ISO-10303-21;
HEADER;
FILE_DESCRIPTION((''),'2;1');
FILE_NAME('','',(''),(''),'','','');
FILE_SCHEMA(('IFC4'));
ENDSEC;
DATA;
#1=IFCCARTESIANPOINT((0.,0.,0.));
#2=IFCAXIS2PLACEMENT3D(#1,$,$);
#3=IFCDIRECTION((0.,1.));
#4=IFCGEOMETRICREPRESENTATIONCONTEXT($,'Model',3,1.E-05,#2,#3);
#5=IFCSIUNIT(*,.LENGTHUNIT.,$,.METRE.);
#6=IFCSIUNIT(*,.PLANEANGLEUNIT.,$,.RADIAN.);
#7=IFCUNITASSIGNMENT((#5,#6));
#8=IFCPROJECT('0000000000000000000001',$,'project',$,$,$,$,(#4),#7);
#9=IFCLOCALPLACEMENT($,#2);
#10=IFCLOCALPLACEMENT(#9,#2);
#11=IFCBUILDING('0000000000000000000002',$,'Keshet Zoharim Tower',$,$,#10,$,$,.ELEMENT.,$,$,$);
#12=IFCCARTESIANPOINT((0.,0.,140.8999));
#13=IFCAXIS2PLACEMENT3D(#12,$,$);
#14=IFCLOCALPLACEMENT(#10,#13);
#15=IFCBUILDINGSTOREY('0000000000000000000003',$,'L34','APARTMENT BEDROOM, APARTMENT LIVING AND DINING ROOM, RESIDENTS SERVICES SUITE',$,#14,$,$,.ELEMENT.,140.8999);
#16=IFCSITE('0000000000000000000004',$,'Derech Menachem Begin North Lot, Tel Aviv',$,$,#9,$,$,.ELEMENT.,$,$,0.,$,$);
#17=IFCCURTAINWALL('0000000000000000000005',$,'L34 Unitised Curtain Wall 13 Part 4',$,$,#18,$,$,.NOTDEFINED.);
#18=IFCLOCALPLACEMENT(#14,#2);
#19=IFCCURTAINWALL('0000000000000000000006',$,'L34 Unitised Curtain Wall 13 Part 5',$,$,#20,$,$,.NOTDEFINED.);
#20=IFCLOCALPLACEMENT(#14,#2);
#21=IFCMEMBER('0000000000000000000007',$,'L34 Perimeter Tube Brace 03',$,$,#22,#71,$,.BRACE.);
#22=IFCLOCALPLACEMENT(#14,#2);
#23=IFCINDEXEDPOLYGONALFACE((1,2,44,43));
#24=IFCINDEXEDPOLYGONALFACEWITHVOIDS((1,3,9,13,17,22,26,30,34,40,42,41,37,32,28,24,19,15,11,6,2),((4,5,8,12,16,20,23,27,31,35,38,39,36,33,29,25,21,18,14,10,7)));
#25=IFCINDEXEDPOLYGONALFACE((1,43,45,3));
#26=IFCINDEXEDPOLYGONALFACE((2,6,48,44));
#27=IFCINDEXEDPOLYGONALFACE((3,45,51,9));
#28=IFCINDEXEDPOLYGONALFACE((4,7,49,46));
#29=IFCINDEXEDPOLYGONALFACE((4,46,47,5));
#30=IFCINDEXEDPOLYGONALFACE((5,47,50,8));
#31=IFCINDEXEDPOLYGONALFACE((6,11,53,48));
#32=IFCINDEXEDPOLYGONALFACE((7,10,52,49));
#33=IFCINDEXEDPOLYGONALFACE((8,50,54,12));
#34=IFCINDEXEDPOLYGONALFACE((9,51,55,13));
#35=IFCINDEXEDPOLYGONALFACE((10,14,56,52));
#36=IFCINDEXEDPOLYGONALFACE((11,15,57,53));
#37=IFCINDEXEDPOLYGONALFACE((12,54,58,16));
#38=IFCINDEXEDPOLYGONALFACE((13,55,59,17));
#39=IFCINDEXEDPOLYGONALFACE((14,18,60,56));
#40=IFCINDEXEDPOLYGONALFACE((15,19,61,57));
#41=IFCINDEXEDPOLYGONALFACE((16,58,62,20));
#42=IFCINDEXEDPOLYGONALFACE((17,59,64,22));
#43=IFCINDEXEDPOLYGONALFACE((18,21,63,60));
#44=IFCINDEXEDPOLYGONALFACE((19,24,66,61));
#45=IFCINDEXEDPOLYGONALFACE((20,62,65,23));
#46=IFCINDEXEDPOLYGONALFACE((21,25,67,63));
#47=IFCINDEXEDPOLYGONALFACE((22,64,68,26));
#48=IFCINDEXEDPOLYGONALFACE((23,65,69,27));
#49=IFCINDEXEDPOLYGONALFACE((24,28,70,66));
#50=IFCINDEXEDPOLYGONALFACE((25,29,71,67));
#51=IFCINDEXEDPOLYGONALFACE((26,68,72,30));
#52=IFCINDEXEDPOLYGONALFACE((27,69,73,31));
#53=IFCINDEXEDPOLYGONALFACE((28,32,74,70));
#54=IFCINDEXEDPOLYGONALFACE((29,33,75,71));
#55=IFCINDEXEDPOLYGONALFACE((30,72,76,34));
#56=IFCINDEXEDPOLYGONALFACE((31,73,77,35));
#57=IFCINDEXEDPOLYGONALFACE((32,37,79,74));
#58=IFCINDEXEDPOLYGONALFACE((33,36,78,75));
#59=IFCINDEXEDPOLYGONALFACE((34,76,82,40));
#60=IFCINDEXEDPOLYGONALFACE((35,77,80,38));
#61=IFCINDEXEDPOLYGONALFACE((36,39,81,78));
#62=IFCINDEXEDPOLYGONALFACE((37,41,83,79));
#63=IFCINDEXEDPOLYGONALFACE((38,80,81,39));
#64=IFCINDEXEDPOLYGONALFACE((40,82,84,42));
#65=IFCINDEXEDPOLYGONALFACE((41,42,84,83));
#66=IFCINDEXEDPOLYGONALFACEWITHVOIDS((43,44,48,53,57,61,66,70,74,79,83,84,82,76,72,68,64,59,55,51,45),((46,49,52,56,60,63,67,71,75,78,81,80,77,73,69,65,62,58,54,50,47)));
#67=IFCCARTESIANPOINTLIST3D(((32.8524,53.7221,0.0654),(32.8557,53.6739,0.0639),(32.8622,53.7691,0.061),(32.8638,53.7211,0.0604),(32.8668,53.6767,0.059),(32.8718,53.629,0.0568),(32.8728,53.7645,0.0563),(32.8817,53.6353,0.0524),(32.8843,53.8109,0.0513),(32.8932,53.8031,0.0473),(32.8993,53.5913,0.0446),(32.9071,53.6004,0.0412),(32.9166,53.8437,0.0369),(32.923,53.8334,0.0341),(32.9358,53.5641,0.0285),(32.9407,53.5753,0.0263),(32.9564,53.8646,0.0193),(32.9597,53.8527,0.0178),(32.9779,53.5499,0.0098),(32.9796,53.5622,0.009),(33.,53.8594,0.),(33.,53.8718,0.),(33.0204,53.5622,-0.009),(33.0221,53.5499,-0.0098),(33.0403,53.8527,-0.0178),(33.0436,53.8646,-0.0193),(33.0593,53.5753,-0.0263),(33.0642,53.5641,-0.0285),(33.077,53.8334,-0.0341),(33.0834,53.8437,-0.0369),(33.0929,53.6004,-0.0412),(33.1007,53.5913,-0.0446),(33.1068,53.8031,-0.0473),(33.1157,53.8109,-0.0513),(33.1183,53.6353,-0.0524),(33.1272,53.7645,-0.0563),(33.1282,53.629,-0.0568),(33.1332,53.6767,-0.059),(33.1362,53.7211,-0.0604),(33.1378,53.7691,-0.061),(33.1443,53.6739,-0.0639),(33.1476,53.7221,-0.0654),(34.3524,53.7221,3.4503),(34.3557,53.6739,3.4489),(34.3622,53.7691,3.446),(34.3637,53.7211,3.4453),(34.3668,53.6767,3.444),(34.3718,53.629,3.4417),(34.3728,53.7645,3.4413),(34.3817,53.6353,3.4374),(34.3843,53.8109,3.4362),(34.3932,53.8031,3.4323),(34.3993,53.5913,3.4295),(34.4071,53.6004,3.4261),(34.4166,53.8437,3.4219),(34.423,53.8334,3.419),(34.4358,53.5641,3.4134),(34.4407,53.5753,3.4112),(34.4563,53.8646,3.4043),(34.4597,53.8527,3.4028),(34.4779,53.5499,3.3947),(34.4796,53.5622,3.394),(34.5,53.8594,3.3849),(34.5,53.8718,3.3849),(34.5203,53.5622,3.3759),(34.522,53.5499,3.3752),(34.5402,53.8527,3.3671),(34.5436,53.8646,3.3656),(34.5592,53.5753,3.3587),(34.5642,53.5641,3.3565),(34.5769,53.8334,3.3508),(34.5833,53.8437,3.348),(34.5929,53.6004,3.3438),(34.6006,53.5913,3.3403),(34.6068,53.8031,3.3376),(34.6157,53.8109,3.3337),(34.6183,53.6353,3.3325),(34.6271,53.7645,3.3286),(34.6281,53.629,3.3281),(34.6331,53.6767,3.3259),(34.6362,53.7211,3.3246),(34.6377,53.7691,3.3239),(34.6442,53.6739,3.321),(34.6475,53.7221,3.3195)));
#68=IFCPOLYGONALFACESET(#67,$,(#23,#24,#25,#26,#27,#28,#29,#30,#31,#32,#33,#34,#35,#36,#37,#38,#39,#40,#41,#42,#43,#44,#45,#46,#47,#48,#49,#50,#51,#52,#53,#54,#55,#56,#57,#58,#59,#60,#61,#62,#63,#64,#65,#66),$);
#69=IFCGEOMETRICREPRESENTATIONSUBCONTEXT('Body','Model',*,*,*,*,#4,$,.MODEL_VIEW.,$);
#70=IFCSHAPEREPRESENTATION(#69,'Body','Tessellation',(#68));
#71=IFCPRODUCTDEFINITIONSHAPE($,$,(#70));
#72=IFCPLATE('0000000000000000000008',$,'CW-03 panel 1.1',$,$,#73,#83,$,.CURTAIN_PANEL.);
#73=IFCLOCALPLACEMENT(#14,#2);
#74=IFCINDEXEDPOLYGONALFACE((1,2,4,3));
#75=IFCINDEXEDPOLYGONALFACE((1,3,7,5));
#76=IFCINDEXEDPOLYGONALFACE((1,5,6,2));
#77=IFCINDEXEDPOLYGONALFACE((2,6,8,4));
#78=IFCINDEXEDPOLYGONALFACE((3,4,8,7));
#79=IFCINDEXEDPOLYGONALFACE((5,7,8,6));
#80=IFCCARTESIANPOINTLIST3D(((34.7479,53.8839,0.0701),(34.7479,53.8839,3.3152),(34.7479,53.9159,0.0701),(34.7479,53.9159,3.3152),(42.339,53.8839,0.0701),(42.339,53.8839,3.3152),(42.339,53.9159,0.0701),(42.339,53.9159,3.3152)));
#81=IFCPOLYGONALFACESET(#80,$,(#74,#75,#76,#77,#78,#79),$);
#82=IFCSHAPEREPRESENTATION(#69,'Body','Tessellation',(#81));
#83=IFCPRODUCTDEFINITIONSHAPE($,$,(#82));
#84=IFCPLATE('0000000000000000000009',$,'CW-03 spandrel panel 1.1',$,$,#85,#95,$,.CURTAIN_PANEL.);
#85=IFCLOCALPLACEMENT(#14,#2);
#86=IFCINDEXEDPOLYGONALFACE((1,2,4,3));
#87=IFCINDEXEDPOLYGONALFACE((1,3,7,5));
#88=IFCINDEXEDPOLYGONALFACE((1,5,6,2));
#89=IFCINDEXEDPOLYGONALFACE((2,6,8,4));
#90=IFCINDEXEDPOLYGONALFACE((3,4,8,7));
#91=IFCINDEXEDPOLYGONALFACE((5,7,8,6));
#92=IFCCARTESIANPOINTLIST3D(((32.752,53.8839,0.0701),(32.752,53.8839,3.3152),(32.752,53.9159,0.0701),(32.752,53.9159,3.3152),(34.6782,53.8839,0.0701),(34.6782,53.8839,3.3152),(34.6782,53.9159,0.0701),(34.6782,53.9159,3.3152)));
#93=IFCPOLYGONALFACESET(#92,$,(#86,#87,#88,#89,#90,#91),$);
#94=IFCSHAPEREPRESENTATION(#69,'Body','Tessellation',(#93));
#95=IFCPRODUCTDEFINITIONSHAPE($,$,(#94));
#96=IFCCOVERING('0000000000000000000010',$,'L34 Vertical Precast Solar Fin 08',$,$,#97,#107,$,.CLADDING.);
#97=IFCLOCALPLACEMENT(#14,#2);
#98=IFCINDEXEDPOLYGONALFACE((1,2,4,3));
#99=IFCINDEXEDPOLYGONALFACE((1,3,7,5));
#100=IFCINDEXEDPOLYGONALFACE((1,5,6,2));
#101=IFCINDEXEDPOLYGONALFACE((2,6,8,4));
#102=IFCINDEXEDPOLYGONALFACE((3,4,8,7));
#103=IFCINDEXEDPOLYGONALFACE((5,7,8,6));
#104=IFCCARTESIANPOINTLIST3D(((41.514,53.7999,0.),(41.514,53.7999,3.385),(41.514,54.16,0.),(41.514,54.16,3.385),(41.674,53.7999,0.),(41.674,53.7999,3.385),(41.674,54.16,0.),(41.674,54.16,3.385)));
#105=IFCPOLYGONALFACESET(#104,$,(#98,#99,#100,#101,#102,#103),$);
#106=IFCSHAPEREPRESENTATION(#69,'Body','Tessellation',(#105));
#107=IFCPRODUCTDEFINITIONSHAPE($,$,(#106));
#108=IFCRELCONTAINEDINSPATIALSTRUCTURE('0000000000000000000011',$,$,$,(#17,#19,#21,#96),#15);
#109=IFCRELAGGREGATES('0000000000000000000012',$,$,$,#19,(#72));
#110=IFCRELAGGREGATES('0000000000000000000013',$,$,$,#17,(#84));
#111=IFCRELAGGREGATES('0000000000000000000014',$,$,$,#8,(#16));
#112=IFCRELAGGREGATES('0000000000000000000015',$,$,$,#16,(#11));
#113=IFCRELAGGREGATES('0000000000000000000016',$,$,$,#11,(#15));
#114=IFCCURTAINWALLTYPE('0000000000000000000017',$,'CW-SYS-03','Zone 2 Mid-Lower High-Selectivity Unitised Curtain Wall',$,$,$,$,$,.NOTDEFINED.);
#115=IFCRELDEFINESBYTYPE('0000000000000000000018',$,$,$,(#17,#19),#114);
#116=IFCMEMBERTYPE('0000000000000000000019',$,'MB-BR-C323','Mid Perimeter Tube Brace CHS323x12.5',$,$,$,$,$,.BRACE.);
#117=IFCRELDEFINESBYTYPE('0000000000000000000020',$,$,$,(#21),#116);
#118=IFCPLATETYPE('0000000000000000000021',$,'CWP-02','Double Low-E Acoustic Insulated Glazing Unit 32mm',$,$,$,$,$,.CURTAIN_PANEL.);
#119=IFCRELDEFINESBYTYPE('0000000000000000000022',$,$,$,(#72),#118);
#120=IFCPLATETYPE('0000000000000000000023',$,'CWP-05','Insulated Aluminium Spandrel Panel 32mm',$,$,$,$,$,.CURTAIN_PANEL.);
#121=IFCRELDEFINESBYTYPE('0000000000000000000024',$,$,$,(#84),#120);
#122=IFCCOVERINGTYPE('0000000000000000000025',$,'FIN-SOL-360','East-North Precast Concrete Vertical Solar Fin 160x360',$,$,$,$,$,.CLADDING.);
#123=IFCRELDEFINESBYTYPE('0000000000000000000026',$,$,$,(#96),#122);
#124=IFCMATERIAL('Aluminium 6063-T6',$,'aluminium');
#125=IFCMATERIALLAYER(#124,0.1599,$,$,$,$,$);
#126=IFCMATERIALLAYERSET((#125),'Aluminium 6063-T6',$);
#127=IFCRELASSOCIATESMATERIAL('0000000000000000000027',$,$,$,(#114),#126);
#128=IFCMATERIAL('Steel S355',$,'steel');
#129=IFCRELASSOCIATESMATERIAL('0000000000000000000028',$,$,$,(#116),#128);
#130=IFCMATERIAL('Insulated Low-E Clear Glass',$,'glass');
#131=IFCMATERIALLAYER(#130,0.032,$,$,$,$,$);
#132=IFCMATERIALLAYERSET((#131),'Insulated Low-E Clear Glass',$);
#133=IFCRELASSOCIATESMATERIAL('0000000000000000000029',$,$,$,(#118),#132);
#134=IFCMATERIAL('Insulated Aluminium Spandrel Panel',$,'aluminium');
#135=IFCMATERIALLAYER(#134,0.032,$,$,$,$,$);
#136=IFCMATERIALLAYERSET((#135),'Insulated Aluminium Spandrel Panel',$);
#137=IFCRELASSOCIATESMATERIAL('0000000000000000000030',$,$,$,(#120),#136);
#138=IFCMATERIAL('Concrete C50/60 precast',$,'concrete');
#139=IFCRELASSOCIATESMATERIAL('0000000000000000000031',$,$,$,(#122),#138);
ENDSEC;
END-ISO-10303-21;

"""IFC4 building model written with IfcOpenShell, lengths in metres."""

from ifc_helpers import new_model, si_unit, direction, frame, origin, origin_2d, place, context, subcontext, project, spatial, rectangle, hollow_circle, extrude, material, layer, layer_set, material_profile, profile_set, type_object, element, aggregate, save


model = new_model("IFC4")

# Units and contexts
model_context = context("Model", 3, precision=1e-05, world=origin(), true_north=direction((0.0, 1.0)))
body_context = subcontext(model_context, "Body", "Model", "MODEL_VIEW")
ifc_project = project(units=[si_unit("LENGTHUNIT", "METRE"), si_unit("PLANEANGLEUNIT", "RADIAN")], contexts=[model_context])

# Site, building, storey
site_placement = place(None, origin())
site = spatial("IfcSite", under=ifc_project, at=site_placement, Name="Derech Menachem Begin North Lot, Tel Aviv", CompositionType="ELEMENT", RefElevation=0.0)
building_placement = place(site_placement, origin())
building = spatial("IfcBuilding", under=site, at=building_placement, Name="Keshet Zoharim Tower", CompositionType="ELEMENT")
storey_placement = place(building_placement, frame((0.0, 0.0, 140.8999)))
storey = spatial("IfcBuildingStorey", under=building, at=storey_placement, Name="L34", Description="APARTMENT BEDROOM, APARTMENT LIVING AND DINING ROOM, RESIDENTS SERVICES SUITE", CompositionType="ELEMENT", Elevation=140.8999)

# Shared definitions
ifc_material_1 = material(Name="Steel S355", Category="steel")

# Curtain walls
ifc_material_2 = material(Name="Aluminium 6063-T6", Category="aluminium")
ifc_layer_1 = layer(ifc_material_2, 0.1599)
ifc_layer_set_1 = layer_set([ifc_layer_1], Name="Aluminium 6063-T6")
curtain_wall_type = type_object("IfcCurtainWallType", Name="CW-SYS-03", Description="Zone 2 Mid-Lower High-Selectivity Unitised Curtain Wall", PredefinedType="NOTDEFINED", material=ifc_layer_set_1)
curtain_wall_1_placement = place(storey_placement, origin())
curtain_wall_1 = element("IfcCurtainWall", 1, at=curtain_wall_1_placement, inside=storey, type_object=curtain_wall_type, Name="L34 Unitised Curtain Wall 13 Part 4", PredefinedType="NOTDEFINED")
curtain_wall_2_placement = place(storey_placement, origin())
curtain_wall_2 = element("IfcCurtainWall", 2, at=curtain_wall_2_placement, inside=storey, type_object=curtain_wall_type, Name="L34 Unitised Curtain Wall 13 Part 5", PredefinedType="NOTDEFINED")

# Member
ifc_material_profile_1 = material_profile(ifc_material_1, hollow_circle(Radius=0.1619, WallThickness=0.0125, at=origin_2d()), Name="CHS323x12.5")
ifc_profile_set_1 = profile_set([ifc_material_profile_1], Name="Steel S355")
member_type_1 = type_object("IfcMemberType", Name="MB-BR-C323", Description="Mid Perimeter Tube Brace CHS323x12.5", PredefinedType="BRACE", material=ifc_profile_set_1)
member_1_placement = place(storey_placement, frame((33.0, 53.71, 0.0), z_axis=(0.405135, 0.0, 0.914257), x_axis=(0.0, 1.0, 0.0)))
element("IfcMember", 3, at=member_1_placement, inside=storey, type_object=member_type_1, Name="L34 Perimeter Tube Brace 03", PredefinedType="BRACE", context=body_context, shape_type="SweptSolid", body=[
    extrude(hollow_circle(Radius=0.1619, WallThickness=0.0125, at=origin_2d()), origin(), (0.0, 0.0, 1.0), 3.7024),
])

# Plates
ifc_material_3 = material(Name="Insulated Low-E Clear Glass", Category="glass")
ifc_layer_2 = layer(ifc_material_3, 0.032)
ifc_layer_set_2 = layer_set([ifc_layer_2], Name="Insulated Low-E Clear Glass")
plate_type_1 = type_object("IfcPlateType", Name="CWP-02", Description="Double Low-E Acoustic Insulated Glazing Unit 32mm", PredefinedType="CURTAIN_PANEL", material=ifc_layer_set_2)
plate_1_placement = place(storey_placement, frame((38.5435, 53.8999, 0.0701), z_axis=(0.0, 0.0, 1.0), x_axis=(1.0, 0.0, 0.0)))
plate_1 = element("IfcPlate", 4, at=plate_1_placement, type_object=plate_type_1, Name="CW-03 panel 1.1", PredefinedType="CURTAIN_PANEL", context=body_context, shape_type="SweptSolid", body=[
    extrude(rectangle(XDim=7.5911, YDim=0.032, at=origin_2d()), origin(), (0.0, 0.0, 1.0), 3.2451),
])
aggregate(curtain_wall_2, [plate_1])
ifc_material_4 = material(Name="Insulated Aluminium Spandrel Panel", Category="aluminium")
ifc_layer_3 = layer(ifc_material_4, 0.032)
ifc_layer_set_3 = layer_set([ifc_layer_3], Name="Insulated Aluminium Spandrel Panel")
plate_type_2 = type_object("IfcPlateType", Name="CWP-05", Description="Insulated Aluminium Spandrel Panel 32mm", PredefinedType="CURTAIN_PANEL", material=ifc_layer_set_3)
plate_2_placement = place(storey_placement, frame((33.7151, 53.8999, 0.0701), z_axis=(0.0, 0.0, 1.0), x_axis=(1.0, 0.0, 0.0)))
plate_2 = element("IfcPlate", 5, at=plate_2_placement, type_object=plate_type_2, Name="CW-03 spandrel panel 1.1", PredefinedType="CURTAIN_PANEL", context=body_context, shape_type="SweptSolid", body=[
    extrude(rectangle(XDim=1.9263, YDim=0.032, at=origin_2d()), origin(), (0.0, 0.0, 1.0), 3.2451),
])
aggregate(curtain_wall_1, [plate_2])

# Covering
ifc_material_5 = material(Name="Concrete C50/60 precast", Category="concrete")
covering_type = type_object("IfcCoveringType", Name="FIN-SOL-360", Description="East-North Precast Concrete Vertical Solar Fin 160x360", PredefinedType="CLADDING", material=ifc_material_5)
covering_placement = place(storey_placement, frame((41.594, 53.98, 0.0), z_axis=(0.0, 0.0, 1.0), x_axis=(1.0, 0.0, 0.0)))
element("IfcCovering", 6, at=covering_placement, inside=storey, type_object=covering_type, Name="L34 Vertical Precast Solar Fin 08", PredefinedType="CLADDING", context=body_context, shape_type="SweptSolid", body=[
    extrude(rectangle(XDim=0.1599, YDim=0.3601, at=origin_2d()), origin(), (0.0, 0.0, 1.0), 3.385),
])

save(model, "model.ifc")
